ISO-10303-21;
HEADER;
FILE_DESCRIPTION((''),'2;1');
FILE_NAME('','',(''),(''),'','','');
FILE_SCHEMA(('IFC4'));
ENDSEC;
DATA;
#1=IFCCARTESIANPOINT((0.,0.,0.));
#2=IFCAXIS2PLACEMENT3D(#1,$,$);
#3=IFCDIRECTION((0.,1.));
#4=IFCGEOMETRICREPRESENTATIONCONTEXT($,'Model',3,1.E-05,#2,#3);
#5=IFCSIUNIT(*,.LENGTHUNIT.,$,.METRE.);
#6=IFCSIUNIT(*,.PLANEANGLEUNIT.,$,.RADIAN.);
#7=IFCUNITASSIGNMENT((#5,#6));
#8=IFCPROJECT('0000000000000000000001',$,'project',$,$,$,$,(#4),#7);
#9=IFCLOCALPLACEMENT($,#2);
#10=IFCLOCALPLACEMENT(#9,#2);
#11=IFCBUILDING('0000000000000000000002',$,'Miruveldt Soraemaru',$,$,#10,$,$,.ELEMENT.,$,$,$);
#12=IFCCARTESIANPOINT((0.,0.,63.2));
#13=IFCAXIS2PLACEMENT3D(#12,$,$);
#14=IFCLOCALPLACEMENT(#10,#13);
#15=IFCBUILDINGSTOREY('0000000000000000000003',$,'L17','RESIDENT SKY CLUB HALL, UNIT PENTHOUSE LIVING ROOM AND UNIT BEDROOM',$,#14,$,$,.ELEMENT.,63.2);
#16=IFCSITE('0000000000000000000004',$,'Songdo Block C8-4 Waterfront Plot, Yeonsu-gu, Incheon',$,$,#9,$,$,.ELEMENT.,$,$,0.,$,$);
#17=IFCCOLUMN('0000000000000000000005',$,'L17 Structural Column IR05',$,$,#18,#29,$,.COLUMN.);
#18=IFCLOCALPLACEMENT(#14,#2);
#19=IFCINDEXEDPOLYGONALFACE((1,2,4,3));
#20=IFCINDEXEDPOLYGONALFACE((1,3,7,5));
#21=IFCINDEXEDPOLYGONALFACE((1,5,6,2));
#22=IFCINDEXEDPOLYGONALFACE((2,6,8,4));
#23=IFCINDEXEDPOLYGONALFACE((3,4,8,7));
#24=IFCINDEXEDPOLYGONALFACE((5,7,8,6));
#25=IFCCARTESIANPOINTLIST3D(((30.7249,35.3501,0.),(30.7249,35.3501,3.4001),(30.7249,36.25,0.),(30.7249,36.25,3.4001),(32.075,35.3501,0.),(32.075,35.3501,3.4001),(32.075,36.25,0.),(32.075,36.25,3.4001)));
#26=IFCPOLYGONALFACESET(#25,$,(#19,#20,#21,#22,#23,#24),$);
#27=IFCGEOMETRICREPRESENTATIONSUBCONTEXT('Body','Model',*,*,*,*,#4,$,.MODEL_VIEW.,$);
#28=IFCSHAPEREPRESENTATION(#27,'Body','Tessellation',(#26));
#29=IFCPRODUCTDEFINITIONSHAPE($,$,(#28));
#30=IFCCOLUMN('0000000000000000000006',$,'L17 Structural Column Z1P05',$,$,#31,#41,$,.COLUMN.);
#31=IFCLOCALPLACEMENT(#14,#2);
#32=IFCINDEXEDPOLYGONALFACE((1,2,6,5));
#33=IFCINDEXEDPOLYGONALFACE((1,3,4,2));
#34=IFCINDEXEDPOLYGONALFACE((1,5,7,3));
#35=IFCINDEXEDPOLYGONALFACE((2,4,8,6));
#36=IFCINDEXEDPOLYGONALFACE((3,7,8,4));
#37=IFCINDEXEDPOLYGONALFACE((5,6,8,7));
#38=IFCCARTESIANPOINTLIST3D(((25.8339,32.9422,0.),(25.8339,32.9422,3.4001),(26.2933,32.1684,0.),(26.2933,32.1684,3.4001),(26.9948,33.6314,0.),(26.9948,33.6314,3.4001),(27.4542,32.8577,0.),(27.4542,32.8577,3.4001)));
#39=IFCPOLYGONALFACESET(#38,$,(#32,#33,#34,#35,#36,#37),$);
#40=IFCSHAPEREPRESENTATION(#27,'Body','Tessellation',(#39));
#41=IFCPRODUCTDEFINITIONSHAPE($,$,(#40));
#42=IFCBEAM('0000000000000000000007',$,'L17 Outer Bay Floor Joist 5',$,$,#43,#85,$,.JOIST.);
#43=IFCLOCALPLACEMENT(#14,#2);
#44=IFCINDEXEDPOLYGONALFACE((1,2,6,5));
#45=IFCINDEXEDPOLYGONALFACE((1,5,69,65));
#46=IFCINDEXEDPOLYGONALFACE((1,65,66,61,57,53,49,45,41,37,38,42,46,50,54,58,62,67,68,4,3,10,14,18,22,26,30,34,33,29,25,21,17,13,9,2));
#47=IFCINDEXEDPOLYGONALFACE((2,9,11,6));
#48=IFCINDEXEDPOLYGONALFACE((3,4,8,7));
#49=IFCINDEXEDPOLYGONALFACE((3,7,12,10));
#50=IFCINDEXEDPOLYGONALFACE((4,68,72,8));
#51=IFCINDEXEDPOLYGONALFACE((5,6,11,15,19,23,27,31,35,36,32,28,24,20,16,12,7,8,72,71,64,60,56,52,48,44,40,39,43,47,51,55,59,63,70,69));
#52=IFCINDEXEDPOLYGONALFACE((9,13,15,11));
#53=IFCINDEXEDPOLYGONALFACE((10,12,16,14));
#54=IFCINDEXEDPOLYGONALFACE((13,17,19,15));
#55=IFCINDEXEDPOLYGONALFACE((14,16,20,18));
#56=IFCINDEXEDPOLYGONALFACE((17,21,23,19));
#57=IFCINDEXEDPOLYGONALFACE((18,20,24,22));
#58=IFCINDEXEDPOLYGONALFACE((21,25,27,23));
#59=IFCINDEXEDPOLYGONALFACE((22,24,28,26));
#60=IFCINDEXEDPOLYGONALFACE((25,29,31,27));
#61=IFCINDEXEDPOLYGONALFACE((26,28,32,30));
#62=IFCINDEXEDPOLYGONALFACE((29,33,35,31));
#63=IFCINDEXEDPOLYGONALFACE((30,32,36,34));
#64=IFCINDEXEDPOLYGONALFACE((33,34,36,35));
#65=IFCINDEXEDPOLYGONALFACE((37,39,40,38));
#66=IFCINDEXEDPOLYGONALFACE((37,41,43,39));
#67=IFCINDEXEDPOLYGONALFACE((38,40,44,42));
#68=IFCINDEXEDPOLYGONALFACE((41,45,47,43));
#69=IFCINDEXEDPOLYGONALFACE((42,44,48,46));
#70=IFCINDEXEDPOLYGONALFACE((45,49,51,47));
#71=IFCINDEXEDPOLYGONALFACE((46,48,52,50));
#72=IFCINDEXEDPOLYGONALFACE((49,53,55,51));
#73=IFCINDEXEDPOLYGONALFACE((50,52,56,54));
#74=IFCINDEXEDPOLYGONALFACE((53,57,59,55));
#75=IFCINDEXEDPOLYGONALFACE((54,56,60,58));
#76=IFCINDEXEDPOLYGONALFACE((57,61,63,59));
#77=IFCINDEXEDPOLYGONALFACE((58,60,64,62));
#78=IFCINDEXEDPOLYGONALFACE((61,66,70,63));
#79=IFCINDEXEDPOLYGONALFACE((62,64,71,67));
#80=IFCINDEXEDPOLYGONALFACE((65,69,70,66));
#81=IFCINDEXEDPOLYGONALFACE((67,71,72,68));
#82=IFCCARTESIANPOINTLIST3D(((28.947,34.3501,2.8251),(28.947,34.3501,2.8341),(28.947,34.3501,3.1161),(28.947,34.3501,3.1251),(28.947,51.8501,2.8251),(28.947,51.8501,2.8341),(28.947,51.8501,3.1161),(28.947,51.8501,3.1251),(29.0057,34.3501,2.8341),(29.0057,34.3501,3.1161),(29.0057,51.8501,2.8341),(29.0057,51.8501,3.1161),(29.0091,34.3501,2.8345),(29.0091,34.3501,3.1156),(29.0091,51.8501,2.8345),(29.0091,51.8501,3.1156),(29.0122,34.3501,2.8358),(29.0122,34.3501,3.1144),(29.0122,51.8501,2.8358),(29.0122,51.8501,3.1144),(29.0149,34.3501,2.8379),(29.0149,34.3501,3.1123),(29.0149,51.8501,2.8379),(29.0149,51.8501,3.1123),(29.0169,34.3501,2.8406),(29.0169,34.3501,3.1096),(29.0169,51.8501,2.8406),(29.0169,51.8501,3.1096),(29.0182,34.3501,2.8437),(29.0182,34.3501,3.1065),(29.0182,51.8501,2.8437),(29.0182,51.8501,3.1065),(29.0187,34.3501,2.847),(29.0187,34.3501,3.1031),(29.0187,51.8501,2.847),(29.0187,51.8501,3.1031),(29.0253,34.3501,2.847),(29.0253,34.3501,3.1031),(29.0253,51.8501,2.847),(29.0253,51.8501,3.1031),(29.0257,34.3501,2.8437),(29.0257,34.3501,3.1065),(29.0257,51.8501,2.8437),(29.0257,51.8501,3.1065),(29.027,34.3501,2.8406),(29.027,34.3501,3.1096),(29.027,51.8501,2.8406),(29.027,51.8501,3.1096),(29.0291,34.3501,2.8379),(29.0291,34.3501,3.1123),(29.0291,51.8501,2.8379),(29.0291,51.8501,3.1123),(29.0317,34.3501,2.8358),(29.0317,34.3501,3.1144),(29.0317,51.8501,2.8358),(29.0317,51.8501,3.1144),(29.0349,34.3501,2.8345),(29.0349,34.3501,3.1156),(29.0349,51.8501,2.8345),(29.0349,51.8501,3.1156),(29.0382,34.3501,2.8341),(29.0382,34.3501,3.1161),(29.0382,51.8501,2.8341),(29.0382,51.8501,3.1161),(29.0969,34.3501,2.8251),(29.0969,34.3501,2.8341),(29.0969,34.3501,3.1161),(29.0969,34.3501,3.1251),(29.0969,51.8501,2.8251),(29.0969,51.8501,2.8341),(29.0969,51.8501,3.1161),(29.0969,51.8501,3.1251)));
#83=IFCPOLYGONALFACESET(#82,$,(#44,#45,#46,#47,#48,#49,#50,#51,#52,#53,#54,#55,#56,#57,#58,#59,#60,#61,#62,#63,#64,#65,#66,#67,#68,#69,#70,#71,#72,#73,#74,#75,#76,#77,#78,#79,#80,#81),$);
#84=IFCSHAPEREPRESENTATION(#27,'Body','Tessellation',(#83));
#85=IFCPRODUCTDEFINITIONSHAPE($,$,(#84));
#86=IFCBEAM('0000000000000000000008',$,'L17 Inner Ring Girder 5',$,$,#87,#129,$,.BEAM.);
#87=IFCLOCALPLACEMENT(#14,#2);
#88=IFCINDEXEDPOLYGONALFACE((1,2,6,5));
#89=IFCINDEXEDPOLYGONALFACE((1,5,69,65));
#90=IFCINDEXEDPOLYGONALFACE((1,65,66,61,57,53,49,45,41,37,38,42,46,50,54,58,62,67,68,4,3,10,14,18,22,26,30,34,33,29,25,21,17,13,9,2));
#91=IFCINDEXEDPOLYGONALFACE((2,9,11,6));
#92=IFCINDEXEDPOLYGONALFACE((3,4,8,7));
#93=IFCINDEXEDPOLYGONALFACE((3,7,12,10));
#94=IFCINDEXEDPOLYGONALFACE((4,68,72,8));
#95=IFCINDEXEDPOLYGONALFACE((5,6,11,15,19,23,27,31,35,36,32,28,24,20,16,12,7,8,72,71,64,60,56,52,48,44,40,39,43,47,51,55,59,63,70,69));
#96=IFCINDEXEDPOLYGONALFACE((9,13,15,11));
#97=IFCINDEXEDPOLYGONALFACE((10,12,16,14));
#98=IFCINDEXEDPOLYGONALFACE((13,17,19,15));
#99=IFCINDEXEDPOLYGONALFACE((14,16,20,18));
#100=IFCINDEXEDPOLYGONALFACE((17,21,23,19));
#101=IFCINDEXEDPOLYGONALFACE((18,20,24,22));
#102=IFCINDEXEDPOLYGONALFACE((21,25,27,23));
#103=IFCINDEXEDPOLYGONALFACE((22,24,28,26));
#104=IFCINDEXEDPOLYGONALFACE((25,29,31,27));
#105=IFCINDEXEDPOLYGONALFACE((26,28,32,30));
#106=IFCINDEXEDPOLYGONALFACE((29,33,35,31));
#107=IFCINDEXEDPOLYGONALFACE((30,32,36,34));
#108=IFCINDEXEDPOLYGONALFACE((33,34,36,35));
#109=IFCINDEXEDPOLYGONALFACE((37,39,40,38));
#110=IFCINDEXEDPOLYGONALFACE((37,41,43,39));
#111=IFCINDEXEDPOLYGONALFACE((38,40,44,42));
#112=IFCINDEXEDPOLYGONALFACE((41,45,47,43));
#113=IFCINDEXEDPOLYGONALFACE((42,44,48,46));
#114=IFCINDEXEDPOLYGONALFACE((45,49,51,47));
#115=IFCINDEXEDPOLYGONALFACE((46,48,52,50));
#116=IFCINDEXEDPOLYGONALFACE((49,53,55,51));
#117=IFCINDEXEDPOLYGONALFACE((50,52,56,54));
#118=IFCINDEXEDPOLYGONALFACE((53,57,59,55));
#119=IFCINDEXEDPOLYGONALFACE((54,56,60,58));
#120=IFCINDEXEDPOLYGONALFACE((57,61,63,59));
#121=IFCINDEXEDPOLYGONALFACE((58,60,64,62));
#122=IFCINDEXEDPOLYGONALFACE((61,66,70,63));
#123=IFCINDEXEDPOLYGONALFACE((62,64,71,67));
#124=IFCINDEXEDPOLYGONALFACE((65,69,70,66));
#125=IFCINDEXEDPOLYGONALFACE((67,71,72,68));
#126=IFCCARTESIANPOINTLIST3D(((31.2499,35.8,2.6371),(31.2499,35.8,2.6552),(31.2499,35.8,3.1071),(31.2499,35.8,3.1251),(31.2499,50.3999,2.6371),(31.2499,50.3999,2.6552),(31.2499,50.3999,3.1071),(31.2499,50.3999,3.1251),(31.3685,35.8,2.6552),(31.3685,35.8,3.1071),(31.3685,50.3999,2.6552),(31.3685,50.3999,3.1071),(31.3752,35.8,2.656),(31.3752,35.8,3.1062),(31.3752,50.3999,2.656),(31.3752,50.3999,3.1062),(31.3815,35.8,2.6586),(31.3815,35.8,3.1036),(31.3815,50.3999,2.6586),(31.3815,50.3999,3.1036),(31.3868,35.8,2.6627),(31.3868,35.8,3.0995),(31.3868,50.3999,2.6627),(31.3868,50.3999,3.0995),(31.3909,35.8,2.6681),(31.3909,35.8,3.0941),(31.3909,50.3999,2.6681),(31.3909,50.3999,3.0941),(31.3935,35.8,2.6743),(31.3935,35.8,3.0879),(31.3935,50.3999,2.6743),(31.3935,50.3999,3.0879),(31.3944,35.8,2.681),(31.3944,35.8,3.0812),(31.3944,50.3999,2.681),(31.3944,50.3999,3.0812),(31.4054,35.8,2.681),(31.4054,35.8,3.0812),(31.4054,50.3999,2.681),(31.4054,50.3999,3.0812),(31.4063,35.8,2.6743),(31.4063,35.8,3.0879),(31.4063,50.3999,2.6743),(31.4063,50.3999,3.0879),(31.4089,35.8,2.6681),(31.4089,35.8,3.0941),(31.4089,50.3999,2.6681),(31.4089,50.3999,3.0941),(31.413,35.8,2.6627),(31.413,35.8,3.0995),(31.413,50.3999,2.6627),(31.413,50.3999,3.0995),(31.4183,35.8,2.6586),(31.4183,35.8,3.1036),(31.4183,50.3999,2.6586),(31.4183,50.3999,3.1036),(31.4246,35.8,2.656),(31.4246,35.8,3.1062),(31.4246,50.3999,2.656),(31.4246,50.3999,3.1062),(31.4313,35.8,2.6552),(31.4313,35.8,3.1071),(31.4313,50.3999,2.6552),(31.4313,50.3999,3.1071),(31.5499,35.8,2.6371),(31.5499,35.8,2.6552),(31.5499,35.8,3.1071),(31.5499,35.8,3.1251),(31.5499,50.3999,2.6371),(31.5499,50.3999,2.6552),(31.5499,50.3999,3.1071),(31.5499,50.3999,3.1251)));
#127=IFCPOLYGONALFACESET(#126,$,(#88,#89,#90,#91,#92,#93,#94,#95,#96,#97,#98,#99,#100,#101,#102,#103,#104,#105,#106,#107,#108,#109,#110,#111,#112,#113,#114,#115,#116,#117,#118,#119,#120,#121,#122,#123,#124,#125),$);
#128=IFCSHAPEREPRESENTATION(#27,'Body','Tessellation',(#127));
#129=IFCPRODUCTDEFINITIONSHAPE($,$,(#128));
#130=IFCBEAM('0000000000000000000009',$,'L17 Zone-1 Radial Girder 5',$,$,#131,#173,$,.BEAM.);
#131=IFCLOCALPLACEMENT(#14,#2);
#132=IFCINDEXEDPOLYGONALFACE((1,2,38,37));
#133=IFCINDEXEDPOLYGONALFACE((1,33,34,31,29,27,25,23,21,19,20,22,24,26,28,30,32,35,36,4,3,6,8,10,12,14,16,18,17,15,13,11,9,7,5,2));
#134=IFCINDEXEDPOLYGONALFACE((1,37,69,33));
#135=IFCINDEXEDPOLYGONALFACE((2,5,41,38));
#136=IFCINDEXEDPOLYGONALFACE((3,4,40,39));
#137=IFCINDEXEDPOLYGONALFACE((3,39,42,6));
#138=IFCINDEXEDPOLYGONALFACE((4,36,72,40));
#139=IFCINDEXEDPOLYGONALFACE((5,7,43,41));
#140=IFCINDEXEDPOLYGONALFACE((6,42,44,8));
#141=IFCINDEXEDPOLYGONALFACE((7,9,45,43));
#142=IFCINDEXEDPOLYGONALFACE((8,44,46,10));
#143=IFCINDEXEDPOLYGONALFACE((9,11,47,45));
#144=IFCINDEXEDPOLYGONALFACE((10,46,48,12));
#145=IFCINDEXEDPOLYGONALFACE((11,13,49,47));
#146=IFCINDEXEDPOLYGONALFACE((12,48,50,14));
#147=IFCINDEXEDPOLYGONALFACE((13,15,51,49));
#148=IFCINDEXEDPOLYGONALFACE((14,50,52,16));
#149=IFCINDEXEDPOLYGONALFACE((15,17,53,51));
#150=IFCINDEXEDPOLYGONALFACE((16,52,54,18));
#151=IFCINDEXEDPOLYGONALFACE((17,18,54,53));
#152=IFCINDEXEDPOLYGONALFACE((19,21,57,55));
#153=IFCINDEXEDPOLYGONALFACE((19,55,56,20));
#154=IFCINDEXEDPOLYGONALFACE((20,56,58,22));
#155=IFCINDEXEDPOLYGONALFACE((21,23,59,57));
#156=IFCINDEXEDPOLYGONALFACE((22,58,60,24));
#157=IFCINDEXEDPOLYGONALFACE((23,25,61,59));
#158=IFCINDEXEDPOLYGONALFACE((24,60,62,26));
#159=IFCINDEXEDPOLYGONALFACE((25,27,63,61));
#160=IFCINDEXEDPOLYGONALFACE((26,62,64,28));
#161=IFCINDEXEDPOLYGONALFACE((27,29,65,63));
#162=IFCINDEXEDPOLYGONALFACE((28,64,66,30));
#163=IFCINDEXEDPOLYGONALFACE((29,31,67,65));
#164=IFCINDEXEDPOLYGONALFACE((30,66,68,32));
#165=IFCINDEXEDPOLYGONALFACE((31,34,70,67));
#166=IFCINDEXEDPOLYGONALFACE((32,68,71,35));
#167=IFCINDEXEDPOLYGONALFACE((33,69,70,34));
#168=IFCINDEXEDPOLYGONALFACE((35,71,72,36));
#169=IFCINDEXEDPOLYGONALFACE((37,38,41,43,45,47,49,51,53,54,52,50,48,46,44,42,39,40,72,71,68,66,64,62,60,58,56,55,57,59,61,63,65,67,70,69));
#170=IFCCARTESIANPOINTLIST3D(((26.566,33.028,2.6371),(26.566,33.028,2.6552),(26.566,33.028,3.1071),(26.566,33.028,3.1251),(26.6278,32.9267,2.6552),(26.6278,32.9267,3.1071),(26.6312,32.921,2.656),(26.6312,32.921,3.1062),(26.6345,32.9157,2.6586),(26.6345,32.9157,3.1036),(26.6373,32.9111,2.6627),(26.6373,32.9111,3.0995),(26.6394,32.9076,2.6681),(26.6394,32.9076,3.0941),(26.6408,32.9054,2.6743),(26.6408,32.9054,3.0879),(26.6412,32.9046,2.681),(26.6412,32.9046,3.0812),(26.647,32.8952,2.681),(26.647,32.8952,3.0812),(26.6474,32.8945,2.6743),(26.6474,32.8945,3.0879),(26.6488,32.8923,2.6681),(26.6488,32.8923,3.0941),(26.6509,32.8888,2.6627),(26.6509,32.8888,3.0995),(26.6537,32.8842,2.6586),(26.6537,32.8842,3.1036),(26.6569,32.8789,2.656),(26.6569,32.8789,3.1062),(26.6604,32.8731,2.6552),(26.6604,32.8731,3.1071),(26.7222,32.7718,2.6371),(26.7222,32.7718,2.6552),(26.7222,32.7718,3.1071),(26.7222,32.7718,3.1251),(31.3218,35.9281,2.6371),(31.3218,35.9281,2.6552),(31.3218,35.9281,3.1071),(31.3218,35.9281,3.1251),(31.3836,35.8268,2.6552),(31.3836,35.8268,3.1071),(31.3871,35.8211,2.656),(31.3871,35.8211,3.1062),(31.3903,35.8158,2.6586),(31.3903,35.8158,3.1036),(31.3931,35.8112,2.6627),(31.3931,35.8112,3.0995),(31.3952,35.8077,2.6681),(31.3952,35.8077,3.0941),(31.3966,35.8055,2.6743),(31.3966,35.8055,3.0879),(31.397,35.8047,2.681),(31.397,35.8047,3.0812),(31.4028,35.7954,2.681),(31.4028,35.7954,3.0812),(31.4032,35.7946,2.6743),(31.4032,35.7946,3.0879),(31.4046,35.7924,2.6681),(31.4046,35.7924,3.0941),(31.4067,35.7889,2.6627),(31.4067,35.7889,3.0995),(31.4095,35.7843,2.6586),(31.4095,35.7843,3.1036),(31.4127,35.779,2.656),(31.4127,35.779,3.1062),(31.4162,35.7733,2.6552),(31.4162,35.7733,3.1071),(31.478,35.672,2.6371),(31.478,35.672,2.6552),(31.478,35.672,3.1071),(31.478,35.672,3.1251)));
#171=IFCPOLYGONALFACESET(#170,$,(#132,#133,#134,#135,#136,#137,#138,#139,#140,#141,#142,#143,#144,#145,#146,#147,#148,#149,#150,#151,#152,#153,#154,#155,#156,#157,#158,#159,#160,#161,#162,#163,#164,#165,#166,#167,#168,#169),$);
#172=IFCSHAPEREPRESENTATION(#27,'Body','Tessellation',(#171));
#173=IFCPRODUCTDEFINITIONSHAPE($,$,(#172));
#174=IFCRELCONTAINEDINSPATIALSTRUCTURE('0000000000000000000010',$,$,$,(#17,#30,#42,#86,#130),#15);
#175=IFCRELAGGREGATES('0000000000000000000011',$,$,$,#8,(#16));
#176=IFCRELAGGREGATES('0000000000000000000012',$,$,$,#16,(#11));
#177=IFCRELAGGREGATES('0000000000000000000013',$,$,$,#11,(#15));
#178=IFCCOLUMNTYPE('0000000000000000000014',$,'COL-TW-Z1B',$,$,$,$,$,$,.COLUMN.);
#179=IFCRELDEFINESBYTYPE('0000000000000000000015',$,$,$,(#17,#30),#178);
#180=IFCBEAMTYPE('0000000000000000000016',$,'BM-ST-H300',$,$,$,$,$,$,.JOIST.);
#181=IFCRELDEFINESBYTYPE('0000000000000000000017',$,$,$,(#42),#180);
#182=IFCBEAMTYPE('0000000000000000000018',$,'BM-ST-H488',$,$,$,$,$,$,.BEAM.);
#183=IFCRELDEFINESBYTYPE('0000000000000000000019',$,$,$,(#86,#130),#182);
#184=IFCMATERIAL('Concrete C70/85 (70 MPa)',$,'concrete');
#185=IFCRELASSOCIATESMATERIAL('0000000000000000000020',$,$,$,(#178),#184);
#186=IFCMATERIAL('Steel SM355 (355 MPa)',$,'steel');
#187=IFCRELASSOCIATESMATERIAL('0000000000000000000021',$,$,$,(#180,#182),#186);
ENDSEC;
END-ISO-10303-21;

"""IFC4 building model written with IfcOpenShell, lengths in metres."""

from ifc_helpers import new_model, si_unit, direction, frame, origin, origin_2d, place, context, subcontext, project, spatial, rectangle, i_section, extrude, material, material_profile, profile_set, type_object, element, save


model = new_model("IFC4")

# Units and contexts
model_context = context("Model", 3, precision=1e-05, world=origin(), true_north=direction((0.0, 1.0)))
body_context = subcontext(model_context, "Body", "Model", "MODEL_VIEW")
ifc_project = project(units=[si_unit("LENGTHUNIT", "METRE"), si_unit("PLANEANGLEUNIT", "RADIAN")], contexts=[model_context])

# Site, building, storey
site_placement = place(None, origin())
site = spatial("IfcSite", under=ifc_project, at=site_placement, Name="Songdo Block C8-4 Waterfront Plot, Yeonsu-gu, Incheon", CompositionType="ELEMENT", RefElevation=0.0)
building_placement = place(site_placement, origin())
building = spatial("IfcBuilding", under=site, at=building_placement, Name="Miruveldt Soraemaru", CompositionType="ELEMENT")
storey_placement = place(building_placement, frame((0.0, 0.0, 63.2)))
storey = spatial("IfcBuildingStorey", under=building, at=storey_placement, Name="L17", Description="RESIDENT SKY CLUB HALL, UNIT PENTHOUSE LIVING ROOM AND UNIT BEDROOM", CompositionType="ELEMENT", Elevation=63.2)

# Columns
ifc_material_1 = material(Name="Concrete C70/85 (70 MPa)", Category="concrete")
ifc_material_profile_1 = material_profile(ifc_material_1, rectangle(XDim=1.3501, YDim=0.8999, at=origin_2d()), Name="Concrete C70/85 (70 MPa)", Category="concrete")
ifc_profile_set_1 = profile_set([ifc_material_profile_1], Name="Concrete C70/85 (70 MPa)")
column_type = type_object("IfcColumnType", Name="COL-TW-Z1B", PredefinedType="COLUMN", material=ifc_profile_set_1)
for number, where, z_axis, x_axis, name in (
    (1, (31.3999, 35.8, 0.0), (0.0, 0.0, 1.0), (1.0, 0.0, 0.0), "L17 Structural Column IR05"),
    (2, (26.644, 32.8999, 0.0), (0.0, 0.0, 1.0), (0.859852, 0.510543, 0.0), "L17 Structural Column Z1P05"),
):
    element("IfcColumn", number, at=place(storey_placement, frame(where, z_axis=z_axis, x_axis=x_axis)), inside=storey, type_object=column_type, Name=name, PredefinedType="COLUMN", context=body_context, shape_type="SweptSolid", body=[
        extrude(rectangle(XDim=1.3501, YDim=0.8999, at=origin_2d()), origin(), (0.0, 0.0, 1.0), 3.4001),
    ])

# Beams
ifc_material_2 = material(Name="Steel SM355 (355 MPa)", Category="steel")
ifc_material_profile_2 = material_profile(ifc_material_2, i_section(OverallWidth=0.1499, OverallDepth=0.3, WebThickness=0.0066, FlangeThickness=0.009, FilletRadius=0.0129, at=origin_2d()), Name="Steel SM355 (355 MPa)", Category="steel")
ifc_profile_set_2 = profile_set([ifc_material_profile_2], Name="Steel SM355 (355 MPa)")
beam_type_1 = type_object("IfcBeamType", Name="BM-ST-H300", PredefinedType="JOIST", material=ifc_profile_set_2)
beam_1_placement = place(storey_placement, frame((29.022, 34.3501, 2.9751), z_axis=(0.0, 1.0, 0.0), x_axis=(-1.0, 0.0, 0.0)))
element("IfcBeam", 3, at=beam_1_placement, inside=storey, type_object=beam_type_1, Name="L17 Outer Bay Floor Joist 5", PredefinedType="JOIST", context=body_context, shape_type="SweptSolid", body=[
    extrude(i_section(OverallWidth=0.1499, OverallDepth=0.3, WebThickness=0.0066, FlangeThickness=0.009, FilletRadius=0.0129, at=origin_2d()), origin(), (0.0, 0.0, 1.0), 17.5),
])
ifc_material_profile_3 = material_profile(ifc_material_2, i_section(OverallWidth=0.3, OverallDepth=0.488, WebThickness=0.011, FlangeThickness=0.0181, FilletRadius=0.0259, at=origin_2d()), Name="Steel SM355 (355 MPa)", Category="steel")
ifc_profile_set_3 = profile_set([ifc_material_profile_3], Name="Steel SM355 (355 MPa)")
beam_type_2 = type_object("IfcBeamType", Name="BM-ST-H488", PredefinedType="BEAM", material=ifc_profile_set_3)
beam_2_placement = place(storey_placement, frame((31.3999, 35.8, 2.8811), z_axis=(0.0, 1.0, 0.0), x_axis=(-1.0, 0.0, 0.0)))
element("IfcBeam", 4, at=beam_2_placement, inside=storey, type_object=beam_type_2, Name="L17 Inner Ring Girder 5", PredefinedType="BEAM", context=body_context, shape_type="SweptSolid", body=[
    extrude(i_section(OverallWidth=0.3, OverallDepth=0.488, WebThickness=0.011, FlangeThickness=0.0181, FilletRadius=0.0259, at=origin_2d()), origin(), (0.0, 0.0, 1.0), 14.5999),
])
beam_3_placement = place(storey_placement, frame((31.3999, 35.8, 2.8811), z_axis=(-0.853778, -0.520638, 0.0), x_axis=(0.520638, -0.853778, 0.0)))
element("IfcBeam", 5, at=beam_3_placement, inside=storey, type_object=beam_type_2, Name="L17 Zone-1 Radial Girder 5", PredefinedType="BEAM", context=body_context, shape_type="SweptSolid", body=[
    extrude(i_section(OverallWidth=0.3, OverallDepth=0.488, WebThickness=0.011, FlangeThickness=0.0181, FilletRadius=0.0259, at=origin_2d()), origin(), (0.0, 0.0, 1.0), 5.5703),
])

save(model, "model.ifc")
